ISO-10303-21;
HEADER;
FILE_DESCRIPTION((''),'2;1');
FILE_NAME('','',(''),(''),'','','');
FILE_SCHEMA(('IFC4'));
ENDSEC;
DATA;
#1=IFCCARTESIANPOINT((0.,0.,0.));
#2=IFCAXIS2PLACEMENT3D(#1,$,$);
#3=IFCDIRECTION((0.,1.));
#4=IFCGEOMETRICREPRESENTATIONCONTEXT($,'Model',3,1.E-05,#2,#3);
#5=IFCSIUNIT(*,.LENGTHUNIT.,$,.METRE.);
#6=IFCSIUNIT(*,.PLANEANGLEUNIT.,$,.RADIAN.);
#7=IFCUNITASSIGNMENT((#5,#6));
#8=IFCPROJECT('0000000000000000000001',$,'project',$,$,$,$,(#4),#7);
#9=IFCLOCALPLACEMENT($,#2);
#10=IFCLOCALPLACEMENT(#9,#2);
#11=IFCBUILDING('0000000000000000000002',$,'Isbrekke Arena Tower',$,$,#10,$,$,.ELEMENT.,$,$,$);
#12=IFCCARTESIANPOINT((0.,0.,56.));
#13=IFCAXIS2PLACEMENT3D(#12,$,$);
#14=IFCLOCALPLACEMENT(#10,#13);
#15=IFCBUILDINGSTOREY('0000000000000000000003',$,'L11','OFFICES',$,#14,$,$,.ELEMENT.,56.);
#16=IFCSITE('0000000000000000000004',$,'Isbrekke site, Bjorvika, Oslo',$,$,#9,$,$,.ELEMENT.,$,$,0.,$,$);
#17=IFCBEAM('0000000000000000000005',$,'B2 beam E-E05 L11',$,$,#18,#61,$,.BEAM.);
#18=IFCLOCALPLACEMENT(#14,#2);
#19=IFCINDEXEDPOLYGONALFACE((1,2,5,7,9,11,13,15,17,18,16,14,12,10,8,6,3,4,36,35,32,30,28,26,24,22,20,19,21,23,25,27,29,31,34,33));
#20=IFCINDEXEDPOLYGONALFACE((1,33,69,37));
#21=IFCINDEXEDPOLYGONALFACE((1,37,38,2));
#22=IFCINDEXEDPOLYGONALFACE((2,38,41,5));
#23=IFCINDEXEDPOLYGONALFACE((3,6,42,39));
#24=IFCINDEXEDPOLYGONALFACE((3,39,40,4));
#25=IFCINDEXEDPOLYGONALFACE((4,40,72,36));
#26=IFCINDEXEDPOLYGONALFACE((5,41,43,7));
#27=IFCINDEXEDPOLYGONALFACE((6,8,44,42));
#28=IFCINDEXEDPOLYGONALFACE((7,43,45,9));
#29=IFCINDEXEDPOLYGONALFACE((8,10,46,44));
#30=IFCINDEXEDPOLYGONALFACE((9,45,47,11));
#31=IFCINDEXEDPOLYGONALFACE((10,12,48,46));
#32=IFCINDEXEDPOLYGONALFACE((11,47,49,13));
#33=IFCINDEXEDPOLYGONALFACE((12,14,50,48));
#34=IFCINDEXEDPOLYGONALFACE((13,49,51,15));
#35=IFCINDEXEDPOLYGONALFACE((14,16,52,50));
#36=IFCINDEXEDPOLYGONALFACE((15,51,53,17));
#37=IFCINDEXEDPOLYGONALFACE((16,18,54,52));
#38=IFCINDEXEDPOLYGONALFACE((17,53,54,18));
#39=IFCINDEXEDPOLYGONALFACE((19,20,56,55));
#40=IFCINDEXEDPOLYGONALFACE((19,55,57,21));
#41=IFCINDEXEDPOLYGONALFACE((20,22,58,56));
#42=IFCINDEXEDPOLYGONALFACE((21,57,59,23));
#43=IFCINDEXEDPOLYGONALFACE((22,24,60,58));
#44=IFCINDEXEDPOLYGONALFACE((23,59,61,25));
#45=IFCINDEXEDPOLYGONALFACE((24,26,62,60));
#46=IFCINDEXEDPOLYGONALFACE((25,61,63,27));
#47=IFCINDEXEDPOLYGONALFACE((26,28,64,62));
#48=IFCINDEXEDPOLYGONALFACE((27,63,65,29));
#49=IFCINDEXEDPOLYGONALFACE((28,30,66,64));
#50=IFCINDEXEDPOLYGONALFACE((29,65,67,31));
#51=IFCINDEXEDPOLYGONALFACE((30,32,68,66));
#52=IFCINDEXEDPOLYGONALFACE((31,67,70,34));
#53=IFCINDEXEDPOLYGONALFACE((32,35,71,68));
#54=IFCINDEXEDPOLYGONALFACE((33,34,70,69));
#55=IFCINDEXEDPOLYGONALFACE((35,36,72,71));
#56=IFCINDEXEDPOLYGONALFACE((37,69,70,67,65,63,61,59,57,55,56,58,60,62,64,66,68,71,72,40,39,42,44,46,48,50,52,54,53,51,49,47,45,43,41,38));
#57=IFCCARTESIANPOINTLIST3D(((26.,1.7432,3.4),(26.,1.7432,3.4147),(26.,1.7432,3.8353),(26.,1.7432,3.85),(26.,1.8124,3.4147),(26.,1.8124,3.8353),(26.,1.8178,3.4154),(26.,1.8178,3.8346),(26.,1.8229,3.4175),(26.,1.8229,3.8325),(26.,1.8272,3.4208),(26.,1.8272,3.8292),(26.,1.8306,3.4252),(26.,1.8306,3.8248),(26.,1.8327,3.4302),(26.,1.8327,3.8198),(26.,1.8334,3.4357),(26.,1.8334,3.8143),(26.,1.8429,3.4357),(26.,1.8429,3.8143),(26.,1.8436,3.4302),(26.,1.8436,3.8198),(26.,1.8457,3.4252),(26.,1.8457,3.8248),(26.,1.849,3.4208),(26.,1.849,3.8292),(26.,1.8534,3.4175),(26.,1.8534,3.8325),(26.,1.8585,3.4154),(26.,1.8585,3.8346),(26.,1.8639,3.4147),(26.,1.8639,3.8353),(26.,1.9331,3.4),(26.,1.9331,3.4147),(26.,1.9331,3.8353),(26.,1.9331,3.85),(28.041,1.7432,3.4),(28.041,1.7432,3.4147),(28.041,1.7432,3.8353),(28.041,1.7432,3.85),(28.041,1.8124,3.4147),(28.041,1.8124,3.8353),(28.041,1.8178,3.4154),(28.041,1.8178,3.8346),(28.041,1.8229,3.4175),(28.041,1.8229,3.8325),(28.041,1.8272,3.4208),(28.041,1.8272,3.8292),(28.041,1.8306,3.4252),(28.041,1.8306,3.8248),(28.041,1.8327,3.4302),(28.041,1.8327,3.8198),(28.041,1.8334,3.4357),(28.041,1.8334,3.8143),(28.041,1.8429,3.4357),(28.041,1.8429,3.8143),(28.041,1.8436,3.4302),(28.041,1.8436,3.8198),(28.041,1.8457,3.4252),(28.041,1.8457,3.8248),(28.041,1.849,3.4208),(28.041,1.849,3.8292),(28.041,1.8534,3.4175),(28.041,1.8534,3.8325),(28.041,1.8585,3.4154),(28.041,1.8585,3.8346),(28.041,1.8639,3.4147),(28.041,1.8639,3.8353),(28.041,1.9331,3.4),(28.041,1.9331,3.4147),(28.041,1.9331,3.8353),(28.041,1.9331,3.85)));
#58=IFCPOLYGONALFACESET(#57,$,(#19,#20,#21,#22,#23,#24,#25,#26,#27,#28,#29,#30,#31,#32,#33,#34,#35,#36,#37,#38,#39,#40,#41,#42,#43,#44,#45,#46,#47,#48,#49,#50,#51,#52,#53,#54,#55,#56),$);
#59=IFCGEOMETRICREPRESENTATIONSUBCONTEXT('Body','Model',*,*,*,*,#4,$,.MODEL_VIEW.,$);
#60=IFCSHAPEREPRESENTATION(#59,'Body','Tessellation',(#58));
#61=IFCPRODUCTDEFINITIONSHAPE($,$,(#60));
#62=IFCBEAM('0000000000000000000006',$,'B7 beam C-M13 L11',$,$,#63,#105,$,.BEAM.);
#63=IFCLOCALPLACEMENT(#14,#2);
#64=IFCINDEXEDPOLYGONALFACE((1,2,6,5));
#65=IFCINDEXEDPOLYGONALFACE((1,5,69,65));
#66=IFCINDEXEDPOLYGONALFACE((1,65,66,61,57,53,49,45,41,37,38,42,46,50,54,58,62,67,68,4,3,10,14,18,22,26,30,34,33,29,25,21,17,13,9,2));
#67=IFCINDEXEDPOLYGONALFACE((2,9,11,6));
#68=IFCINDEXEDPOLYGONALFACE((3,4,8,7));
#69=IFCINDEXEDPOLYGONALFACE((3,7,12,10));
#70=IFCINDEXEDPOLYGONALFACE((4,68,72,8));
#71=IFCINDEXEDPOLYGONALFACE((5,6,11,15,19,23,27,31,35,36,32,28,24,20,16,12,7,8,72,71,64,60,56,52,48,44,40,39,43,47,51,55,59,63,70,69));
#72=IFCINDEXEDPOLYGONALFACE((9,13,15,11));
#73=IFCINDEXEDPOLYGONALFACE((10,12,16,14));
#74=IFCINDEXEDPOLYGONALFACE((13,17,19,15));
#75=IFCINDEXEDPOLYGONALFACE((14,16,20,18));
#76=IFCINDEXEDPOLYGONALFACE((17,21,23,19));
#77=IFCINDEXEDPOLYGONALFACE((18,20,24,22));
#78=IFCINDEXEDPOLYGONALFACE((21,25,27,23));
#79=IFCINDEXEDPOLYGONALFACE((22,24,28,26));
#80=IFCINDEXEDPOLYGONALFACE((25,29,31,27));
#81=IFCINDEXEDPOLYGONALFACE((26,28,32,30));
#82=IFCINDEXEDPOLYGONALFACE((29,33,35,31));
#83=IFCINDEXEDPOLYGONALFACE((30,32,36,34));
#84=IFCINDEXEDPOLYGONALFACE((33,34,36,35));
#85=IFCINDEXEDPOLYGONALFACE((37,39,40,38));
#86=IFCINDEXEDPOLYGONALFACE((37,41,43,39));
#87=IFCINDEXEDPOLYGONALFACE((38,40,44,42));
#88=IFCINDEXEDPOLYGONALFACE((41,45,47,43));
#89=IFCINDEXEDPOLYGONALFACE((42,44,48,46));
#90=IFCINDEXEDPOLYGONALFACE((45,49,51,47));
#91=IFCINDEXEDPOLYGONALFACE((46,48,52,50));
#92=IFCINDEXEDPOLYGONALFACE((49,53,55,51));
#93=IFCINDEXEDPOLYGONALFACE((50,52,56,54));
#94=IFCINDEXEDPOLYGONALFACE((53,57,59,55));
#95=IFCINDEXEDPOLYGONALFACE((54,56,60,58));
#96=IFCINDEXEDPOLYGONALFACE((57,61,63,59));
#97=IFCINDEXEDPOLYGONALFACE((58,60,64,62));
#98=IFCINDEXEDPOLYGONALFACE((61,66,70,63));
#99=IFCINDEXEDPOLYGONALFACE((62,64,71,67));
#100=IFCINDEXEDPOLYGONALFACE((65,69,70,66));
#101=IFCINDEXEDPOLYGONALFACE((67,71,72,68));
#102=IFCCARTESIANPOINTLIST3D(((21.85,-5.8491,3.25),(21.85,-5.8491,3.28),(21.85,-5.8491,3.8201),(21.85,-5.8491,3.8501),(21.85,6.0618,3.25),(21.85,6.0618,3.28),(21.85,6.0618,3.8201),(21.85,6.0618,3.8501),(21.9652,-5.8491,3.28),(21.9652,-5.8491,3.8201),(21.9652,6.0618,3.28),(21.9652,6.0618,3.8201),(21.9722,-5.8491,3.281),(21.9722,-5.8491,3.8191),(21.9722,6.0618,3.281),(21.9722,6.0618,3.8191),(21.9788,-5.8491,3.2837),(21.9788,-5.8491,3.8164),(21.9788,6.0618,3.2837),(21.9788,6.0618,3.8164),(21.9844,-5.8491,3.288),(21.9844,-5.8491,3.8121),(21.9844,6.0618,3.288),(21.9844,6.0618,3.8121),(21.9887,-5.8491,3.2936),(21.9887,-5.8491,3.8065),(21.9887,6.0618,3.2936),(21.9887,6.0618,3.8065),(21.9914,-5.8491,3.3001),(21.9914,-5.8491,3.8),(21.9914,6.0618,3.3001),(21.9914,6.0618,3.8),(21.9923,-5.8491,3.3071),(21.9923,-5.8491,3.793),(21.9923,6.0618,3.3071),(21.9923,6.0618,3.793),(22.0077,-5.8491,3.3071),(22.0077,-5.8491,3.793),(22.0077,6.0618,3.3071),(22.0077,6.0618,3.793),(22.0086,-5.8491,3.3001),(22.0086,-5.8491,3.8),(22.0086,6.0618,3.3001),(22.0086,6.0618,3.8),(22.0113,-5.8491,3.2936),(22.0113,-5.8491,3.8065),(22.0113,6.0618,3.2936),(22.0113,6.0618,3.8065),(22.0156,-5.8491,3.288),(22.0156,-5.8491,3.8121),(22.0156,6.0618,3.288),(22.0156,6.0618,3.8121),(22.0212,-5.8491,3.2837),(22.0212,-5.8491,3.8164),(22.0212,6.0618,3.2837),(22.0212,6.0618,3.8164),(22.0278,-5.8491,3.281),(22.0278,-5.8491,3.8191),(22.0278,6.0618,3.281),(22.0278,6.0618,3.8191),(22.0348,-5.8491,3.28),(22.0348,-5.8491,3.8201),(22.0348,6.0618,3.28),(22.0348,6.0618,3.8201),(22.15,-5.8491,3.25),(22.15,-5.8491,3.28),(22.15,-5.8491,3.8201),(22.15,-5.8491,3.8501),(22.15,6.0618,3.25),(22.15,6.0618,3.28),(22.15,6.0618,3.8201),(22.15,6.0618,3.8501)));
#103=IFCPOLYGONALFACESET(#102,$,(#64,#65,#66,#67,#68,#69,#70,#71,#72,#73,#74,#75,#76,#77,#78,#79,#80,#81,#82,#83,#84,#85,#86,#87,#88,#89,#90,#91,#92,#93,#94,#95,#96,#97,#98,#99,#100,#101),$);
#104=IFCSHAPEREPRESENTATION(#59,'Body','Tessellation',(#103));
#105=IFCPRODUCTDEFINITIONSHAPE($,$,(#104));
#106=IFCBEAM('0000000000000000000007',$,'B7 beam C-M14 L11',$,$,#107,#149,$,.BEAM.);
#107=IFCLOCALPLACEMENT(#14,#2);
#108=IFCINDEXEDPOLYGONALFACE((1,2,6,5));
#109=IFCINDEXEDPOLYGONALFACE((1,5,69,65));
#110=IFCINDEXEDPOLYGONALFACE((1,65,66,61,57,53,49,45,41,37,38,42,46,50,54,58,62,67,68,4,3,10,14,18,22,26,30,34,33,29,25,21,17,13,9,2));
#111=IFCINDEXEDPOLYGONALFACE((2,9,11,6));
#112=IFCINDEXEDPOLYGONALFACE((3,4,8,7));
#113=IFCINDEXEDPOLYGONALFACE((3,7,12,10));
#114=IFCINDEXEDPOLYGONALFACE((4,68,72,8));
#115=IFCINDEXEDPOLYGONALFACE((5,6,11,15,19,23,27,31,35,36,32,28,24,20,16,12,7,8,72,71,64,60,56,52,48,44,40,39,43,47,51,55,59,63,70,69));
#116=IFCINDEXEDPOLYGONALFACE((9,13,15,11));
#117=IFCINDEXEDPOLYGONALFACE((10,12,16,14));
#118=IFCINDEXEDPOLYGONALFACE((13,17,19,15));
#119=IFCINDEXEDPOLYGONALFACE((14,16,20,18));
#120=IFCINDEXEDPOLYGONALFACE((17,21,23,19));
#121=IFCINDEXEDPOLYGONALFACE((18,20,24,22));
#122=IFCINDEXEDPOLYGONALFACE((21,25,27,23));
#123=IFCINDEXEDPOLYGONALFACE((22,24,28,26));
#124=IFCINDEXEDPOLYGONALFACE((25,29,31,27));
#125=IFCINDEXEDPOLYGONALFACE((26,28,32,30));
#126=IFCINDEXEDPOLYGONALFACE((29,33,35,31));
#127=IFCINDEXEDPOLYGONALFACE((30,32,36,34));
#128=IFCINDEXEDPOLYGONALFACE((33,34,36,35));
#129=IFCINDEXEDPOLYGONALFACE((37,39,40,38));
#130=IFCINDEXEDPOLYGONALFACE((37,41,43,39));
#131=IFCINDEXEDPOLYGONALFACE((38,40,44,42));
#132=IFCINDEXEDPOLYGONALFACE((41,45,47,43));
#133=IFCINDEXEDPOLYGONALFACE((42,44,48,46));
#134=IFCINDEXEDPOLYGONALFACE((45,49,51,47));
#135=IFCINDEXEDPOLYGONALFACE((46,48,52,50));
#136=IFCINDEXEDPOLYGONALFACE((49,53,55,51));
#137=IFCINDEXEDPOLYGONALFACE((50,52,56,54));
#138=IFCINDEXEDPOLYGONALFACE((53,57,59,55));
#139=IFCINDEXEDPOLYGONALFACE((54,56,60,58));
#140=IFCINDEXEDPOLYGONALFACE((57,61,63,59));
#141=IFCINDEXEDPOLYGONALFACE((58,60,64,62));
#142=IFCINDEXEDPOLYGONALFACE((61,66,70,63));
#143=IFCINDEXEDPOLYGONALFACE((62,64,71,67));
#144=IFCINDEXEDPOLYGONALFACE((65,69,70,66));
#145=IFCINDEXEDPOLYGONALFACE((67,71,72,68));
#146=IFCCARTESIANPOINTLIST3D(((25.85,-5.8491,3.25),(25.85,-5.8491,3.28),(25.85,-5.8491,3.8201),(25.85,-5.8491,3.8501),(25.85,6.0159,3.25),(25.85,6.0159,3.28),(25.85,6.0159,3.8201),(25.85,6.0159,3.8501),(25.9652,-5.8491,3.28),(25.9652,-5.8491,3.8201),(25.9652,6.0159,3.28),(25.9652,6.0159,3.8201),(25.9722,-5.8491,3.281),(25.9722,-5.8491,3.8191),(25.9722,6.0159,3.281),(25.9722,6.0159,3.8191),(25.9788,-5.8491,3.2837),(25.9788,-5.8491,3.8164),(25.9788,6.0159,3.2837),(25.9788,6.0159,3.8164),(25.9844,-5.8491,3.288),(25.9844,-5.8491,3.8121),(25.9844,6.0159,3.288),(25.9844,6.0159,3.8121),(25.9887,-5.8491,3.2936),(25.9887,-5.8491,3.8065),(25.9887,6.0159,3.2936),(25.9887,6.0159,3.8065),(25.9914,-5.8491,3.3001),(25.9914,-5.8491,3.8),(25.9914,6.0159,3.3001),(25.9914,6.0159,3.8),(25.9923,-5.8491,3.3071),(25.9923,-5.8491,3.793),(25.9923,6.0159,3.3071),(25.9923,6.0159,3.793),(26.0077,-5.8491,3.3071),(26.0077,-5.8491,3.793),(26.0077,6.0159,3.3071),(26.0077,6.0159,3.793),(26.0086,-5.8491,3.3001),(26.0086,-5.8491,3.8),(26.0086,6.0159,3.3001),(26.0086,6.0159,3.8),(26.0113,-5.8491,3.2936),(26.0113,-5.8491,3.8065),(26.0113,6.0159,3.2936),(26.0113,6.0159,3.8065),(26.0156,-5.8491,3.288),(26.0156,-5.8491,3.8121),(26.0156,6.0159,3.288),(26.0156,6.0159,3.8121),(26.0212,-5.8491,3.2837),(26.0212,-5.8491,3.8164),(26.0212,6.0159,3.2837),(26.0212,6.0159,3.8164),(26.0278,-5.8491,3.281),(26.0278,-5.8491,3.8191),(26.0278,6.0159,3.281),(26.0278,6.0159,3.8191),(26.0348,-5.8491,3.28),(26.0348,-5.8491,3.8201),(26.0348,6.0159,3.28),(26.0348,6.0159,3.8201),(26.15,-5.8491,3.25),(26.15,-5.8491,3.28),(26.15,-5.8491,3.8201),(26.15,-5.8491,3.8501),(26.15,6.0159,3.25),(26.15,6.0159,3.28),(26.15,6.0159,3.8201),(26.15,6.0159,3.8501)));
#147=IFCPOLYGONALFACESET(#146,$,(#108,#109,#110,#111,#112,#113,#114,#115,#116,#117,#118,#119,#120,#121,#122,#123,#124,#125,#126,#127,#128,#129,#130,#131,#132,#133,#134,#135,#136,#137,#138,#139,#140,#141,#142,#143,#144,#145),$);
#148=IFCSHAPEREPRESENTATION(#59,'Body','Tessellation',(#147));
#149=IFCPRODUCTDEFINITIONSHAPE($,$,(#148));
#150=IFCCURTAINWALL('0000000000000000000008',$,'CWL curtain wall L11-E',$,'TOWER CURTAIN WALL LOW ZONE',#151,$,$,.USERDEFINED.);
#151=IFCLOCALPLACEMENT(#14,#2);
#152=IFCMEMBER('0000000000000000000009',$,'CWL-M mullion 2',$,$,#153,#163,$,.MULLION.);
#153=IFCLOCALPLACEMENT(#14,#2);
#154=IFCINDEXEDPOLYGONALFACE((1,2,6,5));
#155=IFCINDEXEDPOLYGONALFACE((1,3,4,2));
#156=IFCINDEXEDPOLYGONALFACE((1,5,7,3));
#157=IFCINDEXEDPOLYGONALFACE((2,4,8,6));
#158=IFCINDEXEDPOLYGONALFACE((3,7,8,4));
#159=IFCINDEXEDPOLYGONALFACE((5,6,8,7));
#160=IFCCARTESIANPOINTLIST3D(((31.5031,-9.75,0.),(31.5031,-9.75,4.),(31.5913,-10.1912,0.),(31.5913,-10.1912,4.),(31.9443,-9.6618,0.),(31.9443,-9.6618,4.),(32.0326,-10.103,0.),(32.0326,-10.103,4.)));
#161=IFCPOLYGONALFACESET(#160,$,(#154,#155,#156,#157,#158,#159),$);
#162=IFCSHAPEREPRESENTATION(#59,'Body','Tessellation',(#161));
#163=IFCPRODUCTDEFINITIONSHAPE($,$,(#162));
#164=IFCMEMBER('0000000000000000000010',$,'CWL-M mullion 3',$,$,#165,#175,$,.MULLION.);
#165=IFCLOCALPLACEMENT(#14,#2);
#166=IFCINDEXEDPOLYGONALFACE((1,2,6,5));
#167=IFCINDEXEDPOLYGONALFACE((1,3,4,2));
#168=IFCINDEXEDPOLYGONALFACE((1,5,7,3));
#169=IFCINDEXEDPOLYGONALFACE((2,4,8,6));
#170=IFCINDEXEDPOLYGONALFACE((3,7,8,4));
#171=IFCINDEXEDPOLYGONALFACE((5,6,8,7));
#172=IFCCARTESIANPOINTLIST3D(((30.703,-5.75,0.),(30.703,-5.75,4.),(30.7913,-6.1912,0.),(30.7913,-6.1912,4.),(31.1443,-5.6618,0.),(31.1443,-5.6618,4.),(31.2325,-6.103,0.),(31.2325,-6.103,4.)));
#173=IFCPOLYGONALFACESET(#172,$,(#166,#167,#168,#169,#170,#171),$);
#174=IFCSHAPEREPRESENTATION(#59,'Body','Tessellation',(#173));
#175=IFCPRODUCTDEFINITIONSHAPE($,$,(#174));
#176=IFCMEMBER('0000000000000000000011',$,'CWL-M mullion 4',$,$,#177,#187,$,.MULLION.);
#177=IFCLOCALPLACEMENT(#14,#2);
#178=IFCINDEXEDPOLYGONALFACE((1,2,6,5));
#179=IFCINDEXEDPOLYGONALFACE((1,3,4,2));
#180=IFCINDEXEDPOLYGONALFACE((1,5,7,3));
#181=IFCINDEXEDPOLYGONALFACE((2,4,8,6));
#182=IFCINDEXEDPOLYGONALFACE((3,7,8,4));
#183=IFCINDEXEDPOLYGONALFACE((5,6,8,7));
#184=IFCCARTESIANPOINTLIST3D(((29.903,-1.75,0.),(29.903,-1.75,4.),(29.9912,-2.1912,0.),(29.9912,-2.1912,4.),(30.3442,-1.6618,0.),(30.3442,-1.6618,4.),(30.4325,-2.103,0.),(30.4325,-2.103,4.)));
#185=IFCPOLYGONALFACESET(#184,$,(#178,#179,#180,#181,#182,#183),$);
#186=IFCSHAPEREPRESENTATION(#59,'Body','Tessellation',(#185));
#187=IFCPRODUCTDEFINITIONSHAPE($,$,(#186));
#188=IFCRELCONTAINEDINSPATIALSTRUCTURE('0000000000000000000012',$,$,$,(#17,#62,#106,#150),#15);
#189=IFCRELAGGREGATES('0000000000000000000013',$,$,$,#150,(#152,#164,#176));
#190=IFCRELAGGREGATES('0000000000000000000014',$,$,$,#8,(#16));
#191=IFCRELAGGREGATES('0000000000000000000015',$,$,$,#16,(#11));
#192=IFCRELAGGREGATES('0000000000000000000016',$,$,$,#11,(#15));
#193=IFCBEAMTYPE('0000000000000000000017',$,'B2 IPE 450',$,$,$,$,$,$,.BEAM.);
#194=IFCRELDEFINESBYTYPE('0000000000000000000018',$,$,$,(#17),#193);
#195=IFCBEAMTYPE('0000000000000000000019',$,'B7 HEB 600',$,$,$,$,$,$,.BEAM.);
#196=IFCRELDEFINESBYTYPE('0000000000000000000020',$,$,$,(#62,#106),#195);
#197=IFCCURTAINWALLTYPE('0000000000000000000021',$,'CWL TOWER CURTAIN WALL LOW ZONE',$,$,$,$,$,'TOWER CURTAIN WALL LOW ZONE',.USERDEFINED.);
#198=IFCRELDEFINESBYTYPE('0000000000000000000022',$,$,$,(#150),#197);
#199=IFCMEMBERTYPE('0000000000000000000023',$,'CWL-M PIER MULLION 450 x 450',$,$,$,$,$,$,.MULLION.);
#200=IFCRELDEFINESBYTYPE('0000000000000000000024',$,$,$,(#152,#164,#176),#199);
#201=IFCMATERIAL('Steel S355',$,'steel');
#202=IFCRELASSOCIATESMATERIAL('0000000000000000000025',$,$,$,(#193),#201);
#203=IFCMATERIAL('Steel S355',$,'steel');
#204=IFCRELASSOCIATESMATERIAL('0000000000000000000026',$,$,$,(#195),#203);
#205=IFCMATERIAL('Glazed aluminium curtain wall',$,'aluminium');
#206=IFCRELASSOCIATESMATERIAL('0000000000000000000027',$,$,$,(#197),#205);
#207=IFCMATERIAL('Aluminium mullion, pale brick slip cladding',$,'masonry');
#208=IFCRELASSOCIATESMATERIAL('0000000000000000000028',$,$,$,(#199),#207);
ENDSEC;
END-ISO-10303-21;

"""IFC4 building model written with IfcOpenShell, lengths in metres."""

from ifc_helpers import new_model, si_unit, direction, frame, origin, origin_2d, place, context, subcontext, project, spatial, rectangle, i_section, extrude, material, material_profile, profile_set, type_object, element, aggregate, save


model = new_model("IFC4")

# Units and contexts
model_context = context("Model", 3, precision=1e-05, world=origin(), true_north=direction((0.0, 1.0)))
body_context = subcontext(model_context, "Body", "Model", "MODEL_VIEW")
ifc_project = project(units=[si_unit("LENGTHUNIT", "METRE"), si_unit("PLANEANGLEUNIT", "RADIAN")], contexts=[model_context])

# Site, building, storey
site_placement = place(None, origin())
site = spatial("IfcSite", under=ifc_project, at=site_placement, Name="Isbrekke site, Bjorvika, Oslo", CompositionType="ELEMENT", RefElevation=0.0)
building_placement = place(site_placement, origin())
building = spatial("IfcBuilding", under=site, at=building_placement, Name="Isbrekke Arena Tower", CompositionType="ELEMENT")
storey_placement = place(building_placement, frame((0.0, 0.0, 56.0)))
storey = spatial("IfcBuildingStorey", under=building, at=storey_placement, Name="L11", Description="OFFICES", CompositionType="ELEMENT", Elevation=56.0)

# Beams
ifc_material_1 = material(Name="Steel S355", Category="steel")
ifc_material_profile_1 = material_profile(ifc_material_1, i_section(OverallWidth=0.1899, OverallDepth=0.45, WebThickness=0.0095, FlangeThickness=0.0146, FilletRadius=0.021, at=origin_2d()), Name="IPE 450")
ifc_profile_set_1 = profile_set([ifc_material_profile_1], Name="Steel S355")
beam_type_1 = type_object("IfcBeamType", Name="B2 IPE 450", PredefinedType="BEAM", material=ifc_profile_set_1)
beam_1_placement = place(storey_placement, frame((28.041, 1.8381, 3.625), z_axis=(-1.0, 0.0, 0.0), x_axis=(0.0, -1.0, 0.0)))
element("IfcBeam", 1, at=beam_1_placement, inside=storey, type_object=beam_type_1, Name="B2 beam E-E05 L11", PredefinedType="BEAM", context=body_context, shape_type="SweptSolid", body=[
    extrude(i_section(OverallWidth=0.1899, OverallDepth=0.45, WebThickness=0.0095, FlangeThickness=0.0146, FilletRadius=0.021, at=origin_2d()), origin(), (0.0, 0.0, 1.0), 2.041),
])
ifc_material_2 = material(Name="Steel S355", Category="steel")
ifc_material_profile_2 = material_profile(ifc_material_2, i_section(OverallWidth=0.3, OverallDepth=0.6001, WebThickness=0.0154, FlangeThickness=0.03, FilletRadius=0.0271, at=origin_2d()), Name="HEB 600")
ifc_profile_set_2 = profile_set([ifc_material_profile_2], Name="Steel S355")
beam_type_2 = type_object("IfcBeamType", Name="B7 HEB 600", PredefinedType="BEAM", material=ifc_profile_set_2)
beam_2_placement = place(storey_placement, frame((22.0, -5.8491, 3.55), z_axis=(0.0, 1.0, 0.0), x_axis=(-1.0, 0.0, 0.0)))
element("IfcBeam", 2, at=beam_2_placement, inside=storey, type_object=beam_type_2, Name="B7 beam C-M13 L11", PredefinedType="BEAM", context=body_context, shape_type="SweptSolid", body=[
    extrude(i_section(OverallWidth=0.3, OverallDepth=0.6001, WebThickness=0.0154, FlangeThickness=0.03, FilletRadius=0.0271, at=origin_2d()), origin(), (0.0, 0.0, 1.0), 11.9109),
])
beam_3_placement = place(storey_placement, frame((26.0, -5.8491, 3.55), z_axis=(0.0, 1.0, 0.0), x_axis=(-1.0, 0.0, 0.0)))
element("IfcBeam", 3, at=beam_3_placement, inside=storey, type_object=beam_type_2, Name="B7 beam C-M14 L11", PredefinedType="BEAM", context=body_context, shape_type="SweptSolid", body=[
    extrude(i_section(OverallWidth=0.3, OverallDepth=0.6001, WebThickness=0.0154, FlangeThickness=0.03, FilletRadius=0.0271, at=origin_2d()), origin(), (0.0, 0.0, 1.0), 11.865),
])

# Curtain wall, members
ifc_material_3 = material(Name="Glazed aluminium curtain wall", Category="aluminium")
curtain_wall_type = type_object("IfcCurtainWallType", Name="CWL TOWER CURTAIN WALL LOW ZONE", ElementType="TOWER CURTAIN WALL LOW ZONE", PredefinedType="USERDEFINED", material=ifc_material_3)
curtain_wall_placement = place(storey_placement, origin())
curtain_wall = element("IfcCurtainWall", 4, at=curtain_wall_placement, inside=storey, type_object=curtain_wall_type, Name="CWL curtain wall L11-E", ObjectType="TOWER CURTAIN WALL LOW ZONE", PredefinedType="USERDEFINED")
ifc_material_4 = material(Name="Aluminium mullion, pale brick slip cladding", Category="masonry")
ifc_material_profile_3 = material_profile(ifc_material_4, rectangle(XDim=0.45, YDim=0.45, at=origin_2d()), Name="PIER 450X450")
ifc_profile_set_3 = profile_set([ifc_material_profile_3], Name="Aluminium mullion, pale brick slip cladding")
member_type_1 = type_object("IfcMemberType", Name="CWL-M PIER MULLION 450 x 450", PredefinedType="MULLION", material=ifc_profile_set_3)
member_1_placement = place(storey_placement, frame((31.7678, -9.9265, 0.0), z_axis=(0.0, 0.0, 1.0), x_axis=(-0.196116, 0.980581, 0.0)))
member_1 = element("IfcMember", 5, at=member_1_placement, type_object=member_type_1, Name="CWL-M mullion 2", PredefinedType="MULLION", context=body_context, shape_type="SweptSolid", body=[
    extrude(rectangle(XDim=0.45, YDim=0.45, at=origin_2d()), origin(), (0.0, 0.0, 1.0), 4.0),
])
member_2_placement = place(storey_placement, frame((30.9678, -5.9265, 0.0), z_axis=(0.0, 0.0, 1.0), x_axis=(-0.196116, 0.980581, 0.0)))
member_2 = element("IfcMember", 6, at=member_2_placement, type_object=member_type_1, Name="CWL-M mullion 3", PredefinedType="MULLION", context=body_context, shape_type="SweptSolid", body=[
    extrude(rectangle(XDim=0.45, YDim=0.45, at=origin_2d()), origin(), (0.0, 0.0, 1.0), 4.0),
])
member_3_placement = place(storey_placement, frame((30.1677, -1.9265, 0.0), z_axis=(0.0, 0.0, 1.0), x_axis=(-0.196116, 0.980581, 0.0)))
member_3 = element("IfcMember", 7, at=member_3_placement, type_object=member_type_1, Name="CWL-M mullion 4", PredefinedType="MULLION", context=body_context, shape_type="SweptSolid", body=[
    extrude(rectangle(XDim=0.45, YDim=0.45, at=origin_2d()), origin(), (0.0, 0.0, 1.0), 4.0),
])

aggregate(curtain_wall, [member_1, member_2, member_3])

save(model, "model.ifc")
